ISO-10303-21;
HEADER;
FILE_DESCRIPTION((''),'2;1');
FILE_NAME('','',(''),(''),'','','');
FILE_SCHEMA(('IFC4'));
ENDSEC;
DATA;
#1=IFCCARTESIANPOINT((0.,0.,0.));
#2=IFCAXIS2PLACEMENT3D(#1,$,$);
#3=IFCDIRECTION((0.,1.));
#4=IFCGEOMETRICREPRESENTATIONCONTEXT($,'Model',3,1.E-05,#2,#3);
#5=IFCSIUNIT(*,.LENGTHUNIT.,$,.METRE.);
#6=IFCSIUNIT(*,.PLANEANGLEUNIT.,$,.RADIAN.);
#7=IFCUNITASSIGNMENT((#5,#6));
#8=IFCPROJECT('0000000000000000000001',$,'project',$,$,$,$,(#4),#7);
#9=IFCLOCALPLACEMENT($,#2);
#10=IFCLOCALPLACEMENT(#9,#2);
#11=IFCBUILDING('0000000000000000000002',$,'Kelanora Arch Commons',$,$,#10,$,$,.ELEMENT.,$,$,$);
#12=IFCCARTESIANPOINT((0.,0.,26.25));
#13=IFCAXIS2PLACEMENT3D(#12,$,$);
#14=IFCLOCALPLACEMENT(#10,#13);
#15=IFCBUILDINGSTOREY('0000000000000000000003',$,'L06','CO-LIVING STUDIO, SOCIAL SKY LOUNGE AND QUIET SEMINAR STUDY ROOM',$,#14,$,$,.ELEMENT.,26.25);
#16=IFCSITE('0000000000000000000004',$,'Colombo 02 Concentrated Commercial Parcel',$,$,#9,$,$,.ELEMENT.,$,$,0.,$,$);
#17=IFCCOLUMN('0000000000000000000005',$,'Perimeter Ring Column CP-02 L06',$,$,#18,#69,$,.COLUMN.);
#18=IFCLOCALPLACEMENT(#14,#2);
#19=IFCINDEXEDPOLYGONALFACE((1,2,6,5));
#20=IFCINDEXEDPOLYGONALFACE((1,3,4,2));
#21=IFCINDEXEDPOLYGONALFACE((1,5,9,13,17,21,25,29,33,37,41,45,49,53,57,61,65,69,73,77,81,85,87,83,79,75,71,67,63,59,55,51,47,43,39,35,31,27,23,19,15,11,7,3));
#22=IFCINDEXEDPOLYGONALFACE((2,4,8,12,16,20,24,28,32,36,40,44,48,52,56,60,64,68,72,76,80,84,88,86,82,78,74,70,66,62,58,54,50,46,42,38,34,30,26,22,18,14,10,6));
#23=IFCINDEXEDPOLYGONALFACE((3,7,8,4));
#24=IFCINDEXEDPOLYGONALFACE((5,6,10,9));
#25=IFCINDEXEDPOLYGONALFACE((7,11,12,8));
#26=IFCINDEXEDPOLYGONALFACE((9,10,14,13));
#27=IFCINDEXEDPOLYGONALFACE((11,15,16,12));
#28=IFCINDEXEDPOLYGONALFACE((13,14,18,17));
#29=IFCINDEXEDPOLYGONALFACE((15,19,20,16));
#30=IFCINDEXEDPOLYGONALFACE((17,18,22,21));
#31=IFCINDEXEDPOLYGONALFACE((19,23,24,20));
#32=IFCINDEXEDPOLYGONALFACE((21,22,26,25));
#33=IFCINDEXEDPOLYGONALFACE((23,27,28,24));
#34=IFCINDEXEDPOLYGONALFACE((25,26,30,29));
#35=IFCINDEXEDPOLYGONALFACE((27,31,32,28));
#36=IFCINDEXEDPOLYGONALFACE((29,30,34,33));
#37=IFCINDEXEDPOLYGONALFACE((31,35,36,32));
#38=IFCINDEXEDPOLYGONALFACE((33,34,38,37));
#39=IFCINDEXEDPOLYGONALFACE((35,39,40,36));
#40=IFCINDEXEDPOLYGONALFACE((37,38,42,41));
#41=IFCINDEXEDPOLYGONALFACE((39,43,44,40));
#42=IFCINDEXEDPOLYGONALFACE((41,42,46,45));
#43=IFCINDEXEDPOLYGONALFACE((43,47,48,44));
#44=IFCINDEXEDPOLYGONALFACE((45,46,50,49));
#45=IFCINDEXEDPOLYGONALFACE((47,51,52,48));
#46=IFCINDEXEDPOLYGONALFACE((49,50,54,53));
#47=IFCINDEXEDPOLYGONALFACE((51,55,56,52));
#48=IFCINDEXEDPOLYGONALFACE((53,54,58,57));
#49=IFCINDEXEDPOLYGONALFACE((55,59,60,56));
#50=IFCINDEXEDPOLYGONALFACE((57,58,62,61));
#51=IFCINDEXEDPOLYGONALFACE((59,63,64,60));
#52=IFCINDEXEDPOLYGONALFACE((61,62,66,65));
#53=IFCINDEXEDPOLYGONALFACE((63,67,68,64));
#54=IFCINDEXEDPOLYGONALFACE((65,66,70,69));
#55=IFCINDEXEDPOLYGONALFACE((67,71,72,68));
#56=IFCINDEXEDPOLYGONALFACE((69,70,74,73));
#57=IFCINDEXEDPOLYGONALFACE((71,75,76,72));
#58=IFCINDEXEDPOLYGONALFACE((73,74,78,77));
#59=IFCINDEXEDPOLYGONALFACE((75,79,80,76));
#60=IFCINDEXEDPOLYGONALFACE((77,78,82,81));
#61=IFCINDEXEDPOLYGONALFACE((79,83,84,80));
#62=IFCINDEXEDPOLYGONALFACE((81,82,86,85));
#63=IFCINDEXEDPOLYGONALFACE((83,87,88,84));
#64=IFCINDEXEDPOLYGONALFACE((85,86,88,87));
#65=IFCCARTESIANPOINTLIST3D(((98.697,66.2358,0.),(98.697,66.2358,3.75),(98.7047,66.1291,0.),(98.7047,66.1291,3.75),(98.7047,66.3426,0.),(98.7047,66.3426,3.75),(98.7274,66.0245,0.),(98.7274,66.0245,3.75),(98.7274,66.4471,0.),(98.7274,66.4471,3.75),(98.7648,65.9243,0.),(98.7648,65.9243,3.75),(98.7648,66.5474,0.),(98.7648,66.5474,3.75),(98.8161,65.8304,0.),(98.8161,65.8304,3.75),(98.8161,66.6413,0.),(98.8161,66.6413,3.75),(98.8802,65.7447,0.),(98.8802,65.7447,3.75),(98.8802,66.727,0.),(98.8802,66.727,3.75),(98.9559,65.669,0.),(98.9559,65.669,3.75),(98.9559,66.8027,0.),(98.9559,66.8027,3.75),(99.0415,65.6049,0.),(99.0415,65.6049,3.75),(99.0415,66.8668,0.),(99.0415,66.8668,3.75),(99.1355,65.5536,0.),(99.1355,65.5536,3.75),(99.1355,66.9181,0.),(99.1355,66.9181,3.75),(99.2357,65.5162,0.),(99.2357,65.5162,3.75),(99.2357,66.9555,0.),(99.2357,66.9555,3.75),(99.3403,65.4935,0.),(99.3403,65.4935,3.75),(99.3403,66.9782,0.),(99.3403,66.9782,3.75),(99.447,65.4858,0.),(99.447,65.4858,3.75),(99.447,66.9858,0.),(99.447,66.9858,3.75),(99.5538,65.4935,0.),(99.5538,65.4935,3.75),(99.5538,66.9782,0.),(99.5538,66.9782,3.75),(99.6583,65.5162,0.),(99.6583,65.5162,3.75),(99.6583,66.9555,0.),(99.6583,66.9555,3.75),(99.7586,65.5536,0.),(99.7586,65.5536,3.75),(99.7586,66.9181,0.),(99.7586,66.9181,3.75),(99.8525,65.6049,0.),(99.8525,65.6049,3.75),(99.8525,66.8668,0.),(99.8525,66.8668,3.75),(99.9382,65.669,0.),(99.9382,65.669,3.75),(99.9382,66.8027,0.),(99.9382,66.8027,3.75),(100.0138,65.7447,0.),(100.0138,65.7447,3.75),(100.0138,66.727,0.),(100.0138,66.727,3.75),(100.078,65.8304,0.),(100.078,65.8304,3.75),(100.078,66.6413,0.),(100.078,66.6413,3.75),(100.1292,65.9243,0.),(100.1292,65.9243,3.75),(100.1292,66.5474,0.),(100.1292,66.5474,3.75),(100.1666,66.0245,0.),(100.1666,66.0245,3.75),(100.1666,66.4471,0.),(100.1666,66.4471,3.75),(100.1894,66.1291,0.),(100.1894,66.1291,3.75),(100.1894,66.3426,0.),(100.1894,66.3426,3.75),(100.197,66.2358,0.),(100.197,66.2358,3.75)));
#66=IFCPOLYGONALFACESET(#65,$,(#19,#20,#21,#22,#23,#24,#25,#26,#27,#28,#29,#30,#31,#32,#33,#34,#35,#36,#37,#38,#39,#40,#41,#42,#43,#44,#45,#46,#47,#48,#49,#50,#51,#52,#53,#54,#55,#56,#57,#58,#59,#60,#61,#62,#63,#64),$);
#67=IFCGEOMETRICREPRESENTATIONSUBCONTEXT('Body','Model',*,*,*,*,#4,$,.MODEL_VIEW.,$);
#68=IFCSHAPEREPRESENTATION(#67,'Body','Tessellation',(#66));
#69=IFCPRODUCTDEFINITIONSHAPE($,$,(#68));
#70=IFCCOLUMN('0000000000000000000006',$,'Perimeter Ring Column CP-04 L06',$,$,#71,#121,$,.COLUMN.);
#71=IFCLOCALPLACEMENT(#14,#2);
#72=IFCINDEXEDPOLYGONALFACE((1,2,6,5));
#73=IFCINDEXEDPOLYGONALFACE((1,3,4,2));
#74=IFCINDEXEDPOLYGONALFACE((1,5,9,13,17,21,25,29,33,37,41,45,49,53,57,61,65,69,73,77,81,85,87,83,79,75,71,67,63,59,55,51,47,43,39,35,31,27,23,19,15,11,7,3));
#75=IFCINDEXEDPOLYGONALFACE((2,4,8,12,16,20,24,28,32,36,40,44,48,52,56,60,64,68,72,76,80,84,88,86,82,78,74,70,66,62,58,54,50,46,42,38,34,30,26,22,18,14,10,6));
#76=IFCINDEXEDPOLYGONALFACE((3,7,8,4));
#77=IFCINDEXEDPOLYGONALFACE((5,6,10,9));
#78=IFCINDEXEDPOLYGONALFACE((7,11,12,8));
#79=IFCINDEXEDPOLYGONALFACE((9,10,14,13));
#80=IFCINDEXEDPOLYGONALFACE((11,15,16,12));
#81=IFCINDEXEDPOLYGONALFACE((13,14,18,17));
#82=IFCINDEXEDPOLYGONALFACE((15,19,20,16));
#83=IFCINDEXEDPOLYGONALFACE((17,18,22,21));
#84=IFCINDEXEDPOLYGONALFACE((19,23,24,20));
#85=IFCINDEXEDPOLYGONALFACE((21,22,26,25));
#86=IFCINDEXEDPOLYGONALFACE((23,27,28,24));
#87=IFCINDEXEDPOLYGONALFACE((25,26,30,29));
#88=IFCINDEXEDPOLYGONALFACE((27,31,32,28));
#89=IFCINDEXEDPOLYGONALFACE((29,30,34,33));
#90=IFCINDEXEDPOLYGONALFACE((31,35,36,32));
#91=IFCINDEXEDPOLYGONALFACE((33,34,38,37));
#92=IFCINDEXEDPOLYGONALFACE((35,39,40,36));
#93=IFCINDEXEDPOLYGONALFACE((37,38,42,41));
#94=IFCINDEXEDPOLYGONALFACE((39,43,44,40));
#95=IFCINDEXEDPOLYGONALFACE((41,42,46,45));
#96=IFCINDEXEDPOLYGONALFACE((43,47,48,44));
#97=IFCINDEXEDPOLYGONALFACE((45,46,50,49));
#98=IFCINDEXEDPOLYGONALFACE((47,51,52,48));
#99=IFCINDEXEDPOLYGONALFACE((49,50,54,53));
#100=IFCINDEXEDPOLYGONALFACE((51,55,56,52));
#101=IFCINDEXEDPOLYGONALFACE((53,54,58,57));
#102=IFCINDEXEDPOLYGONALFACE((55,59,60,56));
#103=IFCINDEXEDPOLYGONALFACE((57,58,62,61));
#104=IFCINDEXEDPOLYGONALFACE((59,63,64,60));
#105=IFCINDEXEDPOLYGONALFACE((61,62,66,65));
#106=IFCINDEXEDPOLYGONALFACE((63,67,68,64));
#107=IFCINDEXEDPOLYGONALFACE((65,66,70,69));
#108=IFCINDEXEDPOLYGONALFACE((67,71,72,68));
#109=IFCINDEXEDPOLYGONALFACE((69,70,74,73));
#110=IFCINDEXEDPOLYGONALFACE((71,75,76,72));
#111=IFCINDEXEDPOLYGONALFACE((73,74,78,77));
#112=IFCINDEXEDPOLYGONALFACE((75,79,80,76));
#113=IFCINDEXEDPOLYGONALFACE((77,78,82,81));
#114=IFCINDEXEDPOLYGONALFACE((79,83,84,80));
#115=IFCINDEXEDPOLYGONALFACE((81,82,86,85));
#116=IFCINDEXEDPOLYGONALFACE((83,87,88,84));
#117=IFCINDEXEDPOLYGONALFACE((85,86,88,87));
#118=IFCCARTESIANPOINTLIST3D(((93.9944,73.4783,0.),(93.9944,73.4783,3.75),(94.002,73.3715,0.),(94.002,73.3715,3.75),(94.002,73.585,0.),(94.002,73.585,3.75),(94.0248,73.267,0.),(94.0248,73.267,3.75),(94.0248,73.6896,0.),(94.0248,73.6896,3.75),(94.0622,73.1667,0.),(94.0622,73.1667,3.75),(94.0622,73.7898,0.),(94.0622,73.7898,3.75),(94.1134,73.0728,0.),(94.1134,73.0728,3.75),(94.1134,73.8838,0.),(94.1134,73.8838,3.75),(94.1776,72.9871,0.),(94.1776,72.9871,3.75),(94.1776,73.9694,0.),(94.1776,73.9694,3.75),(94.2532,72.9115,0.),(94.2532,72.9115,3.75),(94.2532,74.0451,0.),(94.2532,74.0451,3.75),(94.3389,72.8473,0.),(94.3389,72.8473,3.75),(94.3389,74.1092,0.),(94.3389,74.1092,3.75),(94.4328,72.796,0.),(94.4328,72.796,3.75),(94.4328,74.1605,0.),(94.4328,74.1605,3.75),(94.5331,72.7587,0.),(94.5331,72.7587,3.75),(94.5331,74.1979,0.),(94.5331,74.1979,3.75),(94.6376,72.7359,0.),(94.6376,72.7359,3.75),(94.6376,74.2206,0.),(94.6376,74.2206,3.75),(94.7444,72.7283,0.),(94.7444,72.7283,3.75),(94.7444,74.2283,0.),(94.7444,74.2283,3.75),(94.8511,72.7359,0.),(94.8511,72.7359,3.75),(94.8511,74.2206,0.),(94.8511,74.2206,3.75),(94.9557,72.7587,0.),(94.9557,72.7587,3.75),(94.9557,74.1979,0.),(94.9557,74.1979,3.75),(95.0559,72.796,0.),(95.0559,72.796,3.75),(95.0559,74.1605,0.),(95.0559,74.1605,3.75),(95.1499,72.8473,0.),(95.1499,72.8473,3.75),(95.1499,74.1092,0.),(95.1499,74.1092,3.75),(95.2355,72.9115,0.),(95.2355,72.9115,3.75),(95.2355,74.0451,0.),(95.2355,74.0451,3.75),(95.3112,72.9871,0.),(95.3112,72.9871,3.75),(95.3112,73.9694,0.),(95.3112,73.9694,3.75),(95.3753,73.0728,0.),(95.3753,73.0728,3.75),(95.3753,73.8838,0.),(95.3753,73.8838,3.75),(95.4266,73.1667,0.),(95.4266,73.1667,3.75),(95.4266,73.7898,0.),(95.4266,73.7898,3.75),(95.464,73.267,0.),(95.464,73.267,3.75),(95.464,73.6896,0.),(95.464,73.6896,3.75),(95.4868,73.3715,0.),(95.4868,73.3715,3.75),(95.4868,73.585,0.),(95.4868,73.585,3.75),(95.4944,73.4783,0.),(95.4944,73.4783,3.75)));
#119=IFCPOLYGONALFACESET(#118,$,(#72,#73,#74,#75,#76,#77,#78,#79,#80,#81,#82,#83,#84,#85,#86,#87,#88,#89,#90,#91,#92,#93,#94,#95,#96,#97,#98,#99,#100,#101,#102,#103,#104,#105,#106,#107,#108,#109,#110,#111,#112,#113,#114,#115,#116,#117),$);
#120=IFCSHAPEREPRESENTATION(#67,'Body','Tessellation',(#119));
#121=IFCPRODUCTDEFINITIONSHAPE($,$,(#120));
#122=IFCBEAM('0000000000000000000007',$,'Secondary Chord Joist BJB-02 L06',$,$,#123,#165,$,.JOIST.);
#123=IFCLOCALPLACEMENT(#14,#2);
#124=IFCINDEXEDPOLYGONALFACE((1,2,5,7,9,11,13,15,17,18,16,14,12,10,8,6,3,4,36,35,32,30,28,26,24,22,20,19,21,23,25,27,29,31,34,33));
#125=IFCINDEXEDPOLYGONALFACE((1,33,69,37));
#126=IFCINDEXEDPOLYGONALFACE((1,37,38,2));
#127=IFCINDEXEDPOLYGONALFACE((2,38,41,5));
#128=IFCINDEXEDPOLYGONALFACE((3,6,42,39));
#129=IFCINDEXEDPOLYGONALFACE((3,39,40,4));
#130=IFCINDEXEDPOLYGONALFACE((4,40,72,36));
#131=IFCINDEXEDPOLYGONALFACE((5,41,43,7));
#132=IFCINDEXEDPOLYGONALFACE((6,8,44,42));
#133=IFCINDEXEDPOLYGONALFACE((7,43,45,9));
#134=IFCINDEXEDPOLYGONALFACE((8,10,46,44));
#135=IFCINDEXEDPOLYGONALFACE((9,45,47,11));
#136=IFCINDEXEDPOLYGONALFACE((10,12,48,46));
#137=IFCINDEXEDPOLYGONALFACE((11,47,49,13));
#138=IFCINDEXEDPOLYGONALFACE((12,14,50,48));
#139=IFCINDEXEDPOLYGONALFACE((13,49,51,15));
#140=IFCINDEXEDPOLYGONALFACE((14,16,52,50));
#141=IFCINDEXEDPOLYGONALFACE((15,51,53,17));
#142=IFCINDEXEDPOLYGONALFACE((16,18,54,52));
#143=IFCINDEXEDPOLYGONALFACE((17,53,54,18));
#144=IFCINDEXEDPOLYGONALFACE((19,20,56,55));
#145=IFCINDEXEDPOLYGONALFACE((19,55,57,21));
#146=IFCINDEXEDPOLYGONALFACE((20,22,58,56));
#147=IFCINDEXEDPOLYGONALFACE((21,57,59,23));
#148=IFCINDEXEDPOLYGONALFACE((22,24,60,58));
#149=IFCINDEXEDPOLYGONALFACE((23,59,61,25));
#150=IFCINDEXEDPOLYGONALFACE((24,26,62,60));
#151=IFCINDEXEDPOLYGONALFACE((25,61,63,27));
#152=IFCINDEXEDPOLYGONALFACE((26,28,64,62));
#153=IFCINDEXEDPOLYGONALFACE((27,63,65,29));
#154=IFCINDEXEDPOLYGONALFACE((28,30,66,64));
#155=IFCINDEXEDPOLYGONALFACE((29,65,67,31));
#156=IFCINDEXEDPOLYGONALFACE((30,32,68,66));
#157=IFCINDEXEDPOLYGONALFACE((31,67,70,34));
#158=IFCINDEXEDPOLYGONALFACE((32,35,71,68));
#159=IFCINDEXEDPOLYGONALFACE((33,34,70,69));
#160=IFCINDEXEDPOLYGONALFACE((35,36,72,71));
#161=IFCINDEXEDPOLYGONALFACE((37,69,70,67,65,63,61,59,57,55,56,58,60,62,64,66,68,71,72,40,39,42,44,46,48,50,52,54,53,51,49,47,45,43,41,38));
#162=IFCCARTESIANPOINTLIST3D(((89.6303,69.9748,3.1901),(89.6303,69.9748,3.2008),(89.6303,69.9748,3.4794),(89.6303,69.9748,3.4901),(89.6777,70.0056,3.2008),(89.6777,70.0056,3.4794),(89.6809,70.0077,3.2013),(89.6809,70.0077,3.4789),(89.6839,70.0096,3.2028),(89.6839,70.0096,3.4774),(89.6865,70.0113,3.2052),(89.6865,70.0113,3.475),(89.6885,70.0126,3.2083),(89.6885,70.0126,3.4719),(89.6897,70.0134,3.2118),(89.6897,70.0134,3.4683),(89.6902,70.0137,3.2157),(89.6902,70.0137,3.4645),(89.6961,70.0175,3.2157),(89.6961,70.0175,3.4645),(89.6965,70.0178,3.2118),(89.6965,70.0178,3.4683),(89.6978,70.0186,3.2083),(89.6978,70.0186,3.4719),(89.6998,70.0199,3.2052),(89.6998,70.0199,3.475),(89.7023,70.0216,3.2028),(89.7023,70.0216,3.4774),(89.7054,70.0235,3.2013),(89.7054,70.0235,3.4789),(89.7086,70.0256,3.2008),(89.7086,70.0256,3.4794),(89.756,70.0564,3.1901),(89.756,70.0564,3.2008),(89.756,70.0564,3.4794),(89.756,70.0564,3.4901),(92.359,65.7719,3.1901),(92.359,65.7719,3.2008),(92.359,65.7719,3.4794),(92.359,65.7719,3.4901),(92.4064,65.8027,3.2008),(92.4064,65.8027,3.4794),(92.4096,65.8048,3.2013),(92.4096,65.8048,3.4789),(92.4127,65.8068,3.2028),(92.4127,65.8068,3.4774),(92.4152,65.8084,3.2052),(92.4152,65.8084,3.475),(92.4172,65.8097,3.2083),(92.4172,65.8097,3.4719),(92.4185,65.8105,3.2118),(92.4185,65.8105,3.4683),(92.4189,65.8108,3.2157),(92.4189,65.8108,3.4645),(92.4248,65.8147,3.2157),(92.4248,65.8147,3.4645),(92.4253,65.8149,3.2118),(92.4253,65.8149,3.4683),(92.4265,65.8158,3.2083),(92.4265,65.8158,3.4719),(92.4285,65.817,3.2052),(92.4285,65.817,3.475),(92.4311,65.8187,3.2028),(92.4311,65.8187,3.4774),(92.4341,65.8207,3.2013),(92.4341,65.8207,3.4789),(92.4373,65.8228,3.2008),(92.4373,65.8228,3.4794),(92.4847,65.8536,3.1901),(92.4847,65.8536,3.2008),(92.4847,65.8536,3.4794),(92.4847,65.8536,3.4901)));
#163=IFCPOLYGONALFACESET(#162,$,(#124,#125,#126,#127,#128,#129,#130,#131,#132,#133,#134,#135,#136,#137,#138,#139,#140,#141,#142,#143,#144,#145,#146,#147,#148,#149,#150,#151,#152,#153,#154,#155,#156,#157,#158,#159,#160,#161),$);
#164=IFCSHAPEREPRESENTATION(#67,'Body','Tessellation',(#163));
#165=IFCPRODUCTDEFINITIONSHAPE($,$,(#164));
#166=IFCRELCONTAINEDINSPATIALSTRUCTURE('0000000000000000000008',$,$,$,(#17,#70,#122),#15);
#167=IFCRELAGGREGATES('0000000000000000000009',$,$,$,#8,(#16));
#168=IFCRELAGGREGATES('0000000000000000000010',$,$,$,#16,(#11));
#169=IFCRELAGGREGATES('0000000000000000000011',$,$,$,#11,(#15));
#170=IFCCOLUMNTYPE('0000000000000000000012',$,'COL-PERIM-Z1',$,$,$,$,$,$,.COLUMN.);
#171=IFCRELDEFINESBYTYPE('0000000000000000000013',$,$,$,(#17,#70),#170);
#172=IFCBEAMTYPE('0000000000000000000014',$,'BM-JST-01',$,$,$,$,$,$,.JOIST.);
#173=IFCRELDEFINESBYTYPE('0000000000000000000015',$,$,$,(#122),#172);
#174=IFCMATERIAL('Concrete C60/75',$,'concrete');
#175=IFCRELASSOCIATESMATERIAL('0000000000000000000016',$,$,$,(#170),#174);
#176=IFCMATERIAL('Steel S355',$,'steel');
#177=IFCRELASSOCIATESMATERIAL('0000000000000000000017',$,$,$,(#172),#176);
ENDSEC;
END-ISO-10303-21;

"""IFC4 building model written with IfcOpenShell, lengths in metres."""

from ifc_helpers import new_model, si_unit, direction, frame, origin, origin_2d, place, context, subcontext, project, spatial, circle, i_section, extrude, material, material_profile, profile_set, type_object, element, save


model = new_model("IFC4")

# Units and contexts
model_context = context("Model", 3, precision=1e-05, world=origin(), true_north=direction((0.0, 1.0)))
body_context = subcontext(model_context, "Body", "Model", "MODEL_VIEW")
ifc_project = project(units=[si_unit("LENGTHUNIT", "METRE"), si_unit("PLANEANGLEUNIT", "RADIAN")], contexts=[model_context])

# Site, building, storey
site_placement = place(None, origin())
site = spatial("IfcSite", under=ifc_project, at=site_placement, Name="Colombo 02 Concentrated Commercial Parcel", CompositionType="ELEMENT", RefElevation=0.0)
building_placement = place(site_placement, origin())
building = spatial("IfcBuilding", under=site, at=building_placement, Name="Kelanora Arch Commons", CompositionType="ELEMENT")
storey_placement = place(building_placement, frame((0.0, 0.0, 26.25)))
storey = spatial("IfcBuildingStorey", under=building, at=storey_placement, Name="L06", Description="CO-LIVING STUDIO, SOCIAL SKY LOUNGE AND QUIET SEMINAR STUDY ROOM", CompositionType="ELEMENT", Elevation=26.25)

# Columns
ifc_material_1 = material(Name="Concrete C60/75", Category="concrete")
ifc_material_profile_1 = material_profile(ifc_material_1, circle(Radius=0.75, at=origin_2d()), Name="RCC1500")
ifc_profile_set_1 = profile_set([ifc_material_profile_1], Name="Concrete C60/75")
column_type = type_object("IfcColumnType", Name="COL-PERIM-Z1", PredefinedType="COLUMN", material=ifc_profile_set_1)
for number, where, z_axis, x_axis, name in (
    (1, (99.447, 66.2358, 0.0), (0.0, 0.0, 1.0), (1.0, 0.0, 0.0), "Perimeter Ring Column CP-02 L06"),
    (2, (94.7444, 73.4783, 0.0), (0.0, 0.0, 1.0), (1.0, 0.0, 0.0), "Perimeter Ring Column CP-04 L06"),
):
    element("IfcColumn", number, at=place(storey_placement, frame(where, z_axis=z_axis, x_axis=x_axis)), inside=storey, type_object=column_type, Name=name, PredefinedType="COLUMN", context=body_context, shape_type="SweptSolid", body=[
        extrude(circle(Radius=0.75, at=origin_2d()), origin(), (0.0, 0.0, 1.0), 3.75),
    ])

# Beam
ifc_material_2 = material(Name="Steel S355", Category="steel")
ifc_material_profile_2 = material_profile(ifc_material_2, i_section(OverallWidth=0.1499, OverallDepth=0.3, WebThickness=0.0071, FlangeThickness=0.0107, FilletRadius=0.0149, at=origin_2d()), Name="IPE300")
ifc_profile_set_2 = profile_set([ifc_material_profile_2], Name="Steel S355")
beam_type_1 = type_object("IfcBeamType", Name="BM-JST-01", PredefinedType="JOIST", material=ifc_profile_set_2)
beam_1_placement = place(storey_placement, frame((92.4219, 65.8127, 3.3401), z_axis=(-0.544552, 0.838727, 0.0), x_axis=(-0.838727, -0.544552, 0.0)))
element("IfcBeam", 3, at=beam_1_placement, inside=storey, type_object=beam_type_1, Name="Secondary Chord Joist BJB-02 L06", PredefinedType="JOIST", context=body_context, shape_type="SweptSolid", body=[
    extrude(i_section(OverallWidth=0.1499, OverallDepth=0.3, WebThickness=0.0071, FlangeThickness=0.0107, FilletRadius=0.0149, at=origin_2d()), origin(), (0.0, 0.0, 1.0), 5.011),
])

save(model, "model.ifc")
